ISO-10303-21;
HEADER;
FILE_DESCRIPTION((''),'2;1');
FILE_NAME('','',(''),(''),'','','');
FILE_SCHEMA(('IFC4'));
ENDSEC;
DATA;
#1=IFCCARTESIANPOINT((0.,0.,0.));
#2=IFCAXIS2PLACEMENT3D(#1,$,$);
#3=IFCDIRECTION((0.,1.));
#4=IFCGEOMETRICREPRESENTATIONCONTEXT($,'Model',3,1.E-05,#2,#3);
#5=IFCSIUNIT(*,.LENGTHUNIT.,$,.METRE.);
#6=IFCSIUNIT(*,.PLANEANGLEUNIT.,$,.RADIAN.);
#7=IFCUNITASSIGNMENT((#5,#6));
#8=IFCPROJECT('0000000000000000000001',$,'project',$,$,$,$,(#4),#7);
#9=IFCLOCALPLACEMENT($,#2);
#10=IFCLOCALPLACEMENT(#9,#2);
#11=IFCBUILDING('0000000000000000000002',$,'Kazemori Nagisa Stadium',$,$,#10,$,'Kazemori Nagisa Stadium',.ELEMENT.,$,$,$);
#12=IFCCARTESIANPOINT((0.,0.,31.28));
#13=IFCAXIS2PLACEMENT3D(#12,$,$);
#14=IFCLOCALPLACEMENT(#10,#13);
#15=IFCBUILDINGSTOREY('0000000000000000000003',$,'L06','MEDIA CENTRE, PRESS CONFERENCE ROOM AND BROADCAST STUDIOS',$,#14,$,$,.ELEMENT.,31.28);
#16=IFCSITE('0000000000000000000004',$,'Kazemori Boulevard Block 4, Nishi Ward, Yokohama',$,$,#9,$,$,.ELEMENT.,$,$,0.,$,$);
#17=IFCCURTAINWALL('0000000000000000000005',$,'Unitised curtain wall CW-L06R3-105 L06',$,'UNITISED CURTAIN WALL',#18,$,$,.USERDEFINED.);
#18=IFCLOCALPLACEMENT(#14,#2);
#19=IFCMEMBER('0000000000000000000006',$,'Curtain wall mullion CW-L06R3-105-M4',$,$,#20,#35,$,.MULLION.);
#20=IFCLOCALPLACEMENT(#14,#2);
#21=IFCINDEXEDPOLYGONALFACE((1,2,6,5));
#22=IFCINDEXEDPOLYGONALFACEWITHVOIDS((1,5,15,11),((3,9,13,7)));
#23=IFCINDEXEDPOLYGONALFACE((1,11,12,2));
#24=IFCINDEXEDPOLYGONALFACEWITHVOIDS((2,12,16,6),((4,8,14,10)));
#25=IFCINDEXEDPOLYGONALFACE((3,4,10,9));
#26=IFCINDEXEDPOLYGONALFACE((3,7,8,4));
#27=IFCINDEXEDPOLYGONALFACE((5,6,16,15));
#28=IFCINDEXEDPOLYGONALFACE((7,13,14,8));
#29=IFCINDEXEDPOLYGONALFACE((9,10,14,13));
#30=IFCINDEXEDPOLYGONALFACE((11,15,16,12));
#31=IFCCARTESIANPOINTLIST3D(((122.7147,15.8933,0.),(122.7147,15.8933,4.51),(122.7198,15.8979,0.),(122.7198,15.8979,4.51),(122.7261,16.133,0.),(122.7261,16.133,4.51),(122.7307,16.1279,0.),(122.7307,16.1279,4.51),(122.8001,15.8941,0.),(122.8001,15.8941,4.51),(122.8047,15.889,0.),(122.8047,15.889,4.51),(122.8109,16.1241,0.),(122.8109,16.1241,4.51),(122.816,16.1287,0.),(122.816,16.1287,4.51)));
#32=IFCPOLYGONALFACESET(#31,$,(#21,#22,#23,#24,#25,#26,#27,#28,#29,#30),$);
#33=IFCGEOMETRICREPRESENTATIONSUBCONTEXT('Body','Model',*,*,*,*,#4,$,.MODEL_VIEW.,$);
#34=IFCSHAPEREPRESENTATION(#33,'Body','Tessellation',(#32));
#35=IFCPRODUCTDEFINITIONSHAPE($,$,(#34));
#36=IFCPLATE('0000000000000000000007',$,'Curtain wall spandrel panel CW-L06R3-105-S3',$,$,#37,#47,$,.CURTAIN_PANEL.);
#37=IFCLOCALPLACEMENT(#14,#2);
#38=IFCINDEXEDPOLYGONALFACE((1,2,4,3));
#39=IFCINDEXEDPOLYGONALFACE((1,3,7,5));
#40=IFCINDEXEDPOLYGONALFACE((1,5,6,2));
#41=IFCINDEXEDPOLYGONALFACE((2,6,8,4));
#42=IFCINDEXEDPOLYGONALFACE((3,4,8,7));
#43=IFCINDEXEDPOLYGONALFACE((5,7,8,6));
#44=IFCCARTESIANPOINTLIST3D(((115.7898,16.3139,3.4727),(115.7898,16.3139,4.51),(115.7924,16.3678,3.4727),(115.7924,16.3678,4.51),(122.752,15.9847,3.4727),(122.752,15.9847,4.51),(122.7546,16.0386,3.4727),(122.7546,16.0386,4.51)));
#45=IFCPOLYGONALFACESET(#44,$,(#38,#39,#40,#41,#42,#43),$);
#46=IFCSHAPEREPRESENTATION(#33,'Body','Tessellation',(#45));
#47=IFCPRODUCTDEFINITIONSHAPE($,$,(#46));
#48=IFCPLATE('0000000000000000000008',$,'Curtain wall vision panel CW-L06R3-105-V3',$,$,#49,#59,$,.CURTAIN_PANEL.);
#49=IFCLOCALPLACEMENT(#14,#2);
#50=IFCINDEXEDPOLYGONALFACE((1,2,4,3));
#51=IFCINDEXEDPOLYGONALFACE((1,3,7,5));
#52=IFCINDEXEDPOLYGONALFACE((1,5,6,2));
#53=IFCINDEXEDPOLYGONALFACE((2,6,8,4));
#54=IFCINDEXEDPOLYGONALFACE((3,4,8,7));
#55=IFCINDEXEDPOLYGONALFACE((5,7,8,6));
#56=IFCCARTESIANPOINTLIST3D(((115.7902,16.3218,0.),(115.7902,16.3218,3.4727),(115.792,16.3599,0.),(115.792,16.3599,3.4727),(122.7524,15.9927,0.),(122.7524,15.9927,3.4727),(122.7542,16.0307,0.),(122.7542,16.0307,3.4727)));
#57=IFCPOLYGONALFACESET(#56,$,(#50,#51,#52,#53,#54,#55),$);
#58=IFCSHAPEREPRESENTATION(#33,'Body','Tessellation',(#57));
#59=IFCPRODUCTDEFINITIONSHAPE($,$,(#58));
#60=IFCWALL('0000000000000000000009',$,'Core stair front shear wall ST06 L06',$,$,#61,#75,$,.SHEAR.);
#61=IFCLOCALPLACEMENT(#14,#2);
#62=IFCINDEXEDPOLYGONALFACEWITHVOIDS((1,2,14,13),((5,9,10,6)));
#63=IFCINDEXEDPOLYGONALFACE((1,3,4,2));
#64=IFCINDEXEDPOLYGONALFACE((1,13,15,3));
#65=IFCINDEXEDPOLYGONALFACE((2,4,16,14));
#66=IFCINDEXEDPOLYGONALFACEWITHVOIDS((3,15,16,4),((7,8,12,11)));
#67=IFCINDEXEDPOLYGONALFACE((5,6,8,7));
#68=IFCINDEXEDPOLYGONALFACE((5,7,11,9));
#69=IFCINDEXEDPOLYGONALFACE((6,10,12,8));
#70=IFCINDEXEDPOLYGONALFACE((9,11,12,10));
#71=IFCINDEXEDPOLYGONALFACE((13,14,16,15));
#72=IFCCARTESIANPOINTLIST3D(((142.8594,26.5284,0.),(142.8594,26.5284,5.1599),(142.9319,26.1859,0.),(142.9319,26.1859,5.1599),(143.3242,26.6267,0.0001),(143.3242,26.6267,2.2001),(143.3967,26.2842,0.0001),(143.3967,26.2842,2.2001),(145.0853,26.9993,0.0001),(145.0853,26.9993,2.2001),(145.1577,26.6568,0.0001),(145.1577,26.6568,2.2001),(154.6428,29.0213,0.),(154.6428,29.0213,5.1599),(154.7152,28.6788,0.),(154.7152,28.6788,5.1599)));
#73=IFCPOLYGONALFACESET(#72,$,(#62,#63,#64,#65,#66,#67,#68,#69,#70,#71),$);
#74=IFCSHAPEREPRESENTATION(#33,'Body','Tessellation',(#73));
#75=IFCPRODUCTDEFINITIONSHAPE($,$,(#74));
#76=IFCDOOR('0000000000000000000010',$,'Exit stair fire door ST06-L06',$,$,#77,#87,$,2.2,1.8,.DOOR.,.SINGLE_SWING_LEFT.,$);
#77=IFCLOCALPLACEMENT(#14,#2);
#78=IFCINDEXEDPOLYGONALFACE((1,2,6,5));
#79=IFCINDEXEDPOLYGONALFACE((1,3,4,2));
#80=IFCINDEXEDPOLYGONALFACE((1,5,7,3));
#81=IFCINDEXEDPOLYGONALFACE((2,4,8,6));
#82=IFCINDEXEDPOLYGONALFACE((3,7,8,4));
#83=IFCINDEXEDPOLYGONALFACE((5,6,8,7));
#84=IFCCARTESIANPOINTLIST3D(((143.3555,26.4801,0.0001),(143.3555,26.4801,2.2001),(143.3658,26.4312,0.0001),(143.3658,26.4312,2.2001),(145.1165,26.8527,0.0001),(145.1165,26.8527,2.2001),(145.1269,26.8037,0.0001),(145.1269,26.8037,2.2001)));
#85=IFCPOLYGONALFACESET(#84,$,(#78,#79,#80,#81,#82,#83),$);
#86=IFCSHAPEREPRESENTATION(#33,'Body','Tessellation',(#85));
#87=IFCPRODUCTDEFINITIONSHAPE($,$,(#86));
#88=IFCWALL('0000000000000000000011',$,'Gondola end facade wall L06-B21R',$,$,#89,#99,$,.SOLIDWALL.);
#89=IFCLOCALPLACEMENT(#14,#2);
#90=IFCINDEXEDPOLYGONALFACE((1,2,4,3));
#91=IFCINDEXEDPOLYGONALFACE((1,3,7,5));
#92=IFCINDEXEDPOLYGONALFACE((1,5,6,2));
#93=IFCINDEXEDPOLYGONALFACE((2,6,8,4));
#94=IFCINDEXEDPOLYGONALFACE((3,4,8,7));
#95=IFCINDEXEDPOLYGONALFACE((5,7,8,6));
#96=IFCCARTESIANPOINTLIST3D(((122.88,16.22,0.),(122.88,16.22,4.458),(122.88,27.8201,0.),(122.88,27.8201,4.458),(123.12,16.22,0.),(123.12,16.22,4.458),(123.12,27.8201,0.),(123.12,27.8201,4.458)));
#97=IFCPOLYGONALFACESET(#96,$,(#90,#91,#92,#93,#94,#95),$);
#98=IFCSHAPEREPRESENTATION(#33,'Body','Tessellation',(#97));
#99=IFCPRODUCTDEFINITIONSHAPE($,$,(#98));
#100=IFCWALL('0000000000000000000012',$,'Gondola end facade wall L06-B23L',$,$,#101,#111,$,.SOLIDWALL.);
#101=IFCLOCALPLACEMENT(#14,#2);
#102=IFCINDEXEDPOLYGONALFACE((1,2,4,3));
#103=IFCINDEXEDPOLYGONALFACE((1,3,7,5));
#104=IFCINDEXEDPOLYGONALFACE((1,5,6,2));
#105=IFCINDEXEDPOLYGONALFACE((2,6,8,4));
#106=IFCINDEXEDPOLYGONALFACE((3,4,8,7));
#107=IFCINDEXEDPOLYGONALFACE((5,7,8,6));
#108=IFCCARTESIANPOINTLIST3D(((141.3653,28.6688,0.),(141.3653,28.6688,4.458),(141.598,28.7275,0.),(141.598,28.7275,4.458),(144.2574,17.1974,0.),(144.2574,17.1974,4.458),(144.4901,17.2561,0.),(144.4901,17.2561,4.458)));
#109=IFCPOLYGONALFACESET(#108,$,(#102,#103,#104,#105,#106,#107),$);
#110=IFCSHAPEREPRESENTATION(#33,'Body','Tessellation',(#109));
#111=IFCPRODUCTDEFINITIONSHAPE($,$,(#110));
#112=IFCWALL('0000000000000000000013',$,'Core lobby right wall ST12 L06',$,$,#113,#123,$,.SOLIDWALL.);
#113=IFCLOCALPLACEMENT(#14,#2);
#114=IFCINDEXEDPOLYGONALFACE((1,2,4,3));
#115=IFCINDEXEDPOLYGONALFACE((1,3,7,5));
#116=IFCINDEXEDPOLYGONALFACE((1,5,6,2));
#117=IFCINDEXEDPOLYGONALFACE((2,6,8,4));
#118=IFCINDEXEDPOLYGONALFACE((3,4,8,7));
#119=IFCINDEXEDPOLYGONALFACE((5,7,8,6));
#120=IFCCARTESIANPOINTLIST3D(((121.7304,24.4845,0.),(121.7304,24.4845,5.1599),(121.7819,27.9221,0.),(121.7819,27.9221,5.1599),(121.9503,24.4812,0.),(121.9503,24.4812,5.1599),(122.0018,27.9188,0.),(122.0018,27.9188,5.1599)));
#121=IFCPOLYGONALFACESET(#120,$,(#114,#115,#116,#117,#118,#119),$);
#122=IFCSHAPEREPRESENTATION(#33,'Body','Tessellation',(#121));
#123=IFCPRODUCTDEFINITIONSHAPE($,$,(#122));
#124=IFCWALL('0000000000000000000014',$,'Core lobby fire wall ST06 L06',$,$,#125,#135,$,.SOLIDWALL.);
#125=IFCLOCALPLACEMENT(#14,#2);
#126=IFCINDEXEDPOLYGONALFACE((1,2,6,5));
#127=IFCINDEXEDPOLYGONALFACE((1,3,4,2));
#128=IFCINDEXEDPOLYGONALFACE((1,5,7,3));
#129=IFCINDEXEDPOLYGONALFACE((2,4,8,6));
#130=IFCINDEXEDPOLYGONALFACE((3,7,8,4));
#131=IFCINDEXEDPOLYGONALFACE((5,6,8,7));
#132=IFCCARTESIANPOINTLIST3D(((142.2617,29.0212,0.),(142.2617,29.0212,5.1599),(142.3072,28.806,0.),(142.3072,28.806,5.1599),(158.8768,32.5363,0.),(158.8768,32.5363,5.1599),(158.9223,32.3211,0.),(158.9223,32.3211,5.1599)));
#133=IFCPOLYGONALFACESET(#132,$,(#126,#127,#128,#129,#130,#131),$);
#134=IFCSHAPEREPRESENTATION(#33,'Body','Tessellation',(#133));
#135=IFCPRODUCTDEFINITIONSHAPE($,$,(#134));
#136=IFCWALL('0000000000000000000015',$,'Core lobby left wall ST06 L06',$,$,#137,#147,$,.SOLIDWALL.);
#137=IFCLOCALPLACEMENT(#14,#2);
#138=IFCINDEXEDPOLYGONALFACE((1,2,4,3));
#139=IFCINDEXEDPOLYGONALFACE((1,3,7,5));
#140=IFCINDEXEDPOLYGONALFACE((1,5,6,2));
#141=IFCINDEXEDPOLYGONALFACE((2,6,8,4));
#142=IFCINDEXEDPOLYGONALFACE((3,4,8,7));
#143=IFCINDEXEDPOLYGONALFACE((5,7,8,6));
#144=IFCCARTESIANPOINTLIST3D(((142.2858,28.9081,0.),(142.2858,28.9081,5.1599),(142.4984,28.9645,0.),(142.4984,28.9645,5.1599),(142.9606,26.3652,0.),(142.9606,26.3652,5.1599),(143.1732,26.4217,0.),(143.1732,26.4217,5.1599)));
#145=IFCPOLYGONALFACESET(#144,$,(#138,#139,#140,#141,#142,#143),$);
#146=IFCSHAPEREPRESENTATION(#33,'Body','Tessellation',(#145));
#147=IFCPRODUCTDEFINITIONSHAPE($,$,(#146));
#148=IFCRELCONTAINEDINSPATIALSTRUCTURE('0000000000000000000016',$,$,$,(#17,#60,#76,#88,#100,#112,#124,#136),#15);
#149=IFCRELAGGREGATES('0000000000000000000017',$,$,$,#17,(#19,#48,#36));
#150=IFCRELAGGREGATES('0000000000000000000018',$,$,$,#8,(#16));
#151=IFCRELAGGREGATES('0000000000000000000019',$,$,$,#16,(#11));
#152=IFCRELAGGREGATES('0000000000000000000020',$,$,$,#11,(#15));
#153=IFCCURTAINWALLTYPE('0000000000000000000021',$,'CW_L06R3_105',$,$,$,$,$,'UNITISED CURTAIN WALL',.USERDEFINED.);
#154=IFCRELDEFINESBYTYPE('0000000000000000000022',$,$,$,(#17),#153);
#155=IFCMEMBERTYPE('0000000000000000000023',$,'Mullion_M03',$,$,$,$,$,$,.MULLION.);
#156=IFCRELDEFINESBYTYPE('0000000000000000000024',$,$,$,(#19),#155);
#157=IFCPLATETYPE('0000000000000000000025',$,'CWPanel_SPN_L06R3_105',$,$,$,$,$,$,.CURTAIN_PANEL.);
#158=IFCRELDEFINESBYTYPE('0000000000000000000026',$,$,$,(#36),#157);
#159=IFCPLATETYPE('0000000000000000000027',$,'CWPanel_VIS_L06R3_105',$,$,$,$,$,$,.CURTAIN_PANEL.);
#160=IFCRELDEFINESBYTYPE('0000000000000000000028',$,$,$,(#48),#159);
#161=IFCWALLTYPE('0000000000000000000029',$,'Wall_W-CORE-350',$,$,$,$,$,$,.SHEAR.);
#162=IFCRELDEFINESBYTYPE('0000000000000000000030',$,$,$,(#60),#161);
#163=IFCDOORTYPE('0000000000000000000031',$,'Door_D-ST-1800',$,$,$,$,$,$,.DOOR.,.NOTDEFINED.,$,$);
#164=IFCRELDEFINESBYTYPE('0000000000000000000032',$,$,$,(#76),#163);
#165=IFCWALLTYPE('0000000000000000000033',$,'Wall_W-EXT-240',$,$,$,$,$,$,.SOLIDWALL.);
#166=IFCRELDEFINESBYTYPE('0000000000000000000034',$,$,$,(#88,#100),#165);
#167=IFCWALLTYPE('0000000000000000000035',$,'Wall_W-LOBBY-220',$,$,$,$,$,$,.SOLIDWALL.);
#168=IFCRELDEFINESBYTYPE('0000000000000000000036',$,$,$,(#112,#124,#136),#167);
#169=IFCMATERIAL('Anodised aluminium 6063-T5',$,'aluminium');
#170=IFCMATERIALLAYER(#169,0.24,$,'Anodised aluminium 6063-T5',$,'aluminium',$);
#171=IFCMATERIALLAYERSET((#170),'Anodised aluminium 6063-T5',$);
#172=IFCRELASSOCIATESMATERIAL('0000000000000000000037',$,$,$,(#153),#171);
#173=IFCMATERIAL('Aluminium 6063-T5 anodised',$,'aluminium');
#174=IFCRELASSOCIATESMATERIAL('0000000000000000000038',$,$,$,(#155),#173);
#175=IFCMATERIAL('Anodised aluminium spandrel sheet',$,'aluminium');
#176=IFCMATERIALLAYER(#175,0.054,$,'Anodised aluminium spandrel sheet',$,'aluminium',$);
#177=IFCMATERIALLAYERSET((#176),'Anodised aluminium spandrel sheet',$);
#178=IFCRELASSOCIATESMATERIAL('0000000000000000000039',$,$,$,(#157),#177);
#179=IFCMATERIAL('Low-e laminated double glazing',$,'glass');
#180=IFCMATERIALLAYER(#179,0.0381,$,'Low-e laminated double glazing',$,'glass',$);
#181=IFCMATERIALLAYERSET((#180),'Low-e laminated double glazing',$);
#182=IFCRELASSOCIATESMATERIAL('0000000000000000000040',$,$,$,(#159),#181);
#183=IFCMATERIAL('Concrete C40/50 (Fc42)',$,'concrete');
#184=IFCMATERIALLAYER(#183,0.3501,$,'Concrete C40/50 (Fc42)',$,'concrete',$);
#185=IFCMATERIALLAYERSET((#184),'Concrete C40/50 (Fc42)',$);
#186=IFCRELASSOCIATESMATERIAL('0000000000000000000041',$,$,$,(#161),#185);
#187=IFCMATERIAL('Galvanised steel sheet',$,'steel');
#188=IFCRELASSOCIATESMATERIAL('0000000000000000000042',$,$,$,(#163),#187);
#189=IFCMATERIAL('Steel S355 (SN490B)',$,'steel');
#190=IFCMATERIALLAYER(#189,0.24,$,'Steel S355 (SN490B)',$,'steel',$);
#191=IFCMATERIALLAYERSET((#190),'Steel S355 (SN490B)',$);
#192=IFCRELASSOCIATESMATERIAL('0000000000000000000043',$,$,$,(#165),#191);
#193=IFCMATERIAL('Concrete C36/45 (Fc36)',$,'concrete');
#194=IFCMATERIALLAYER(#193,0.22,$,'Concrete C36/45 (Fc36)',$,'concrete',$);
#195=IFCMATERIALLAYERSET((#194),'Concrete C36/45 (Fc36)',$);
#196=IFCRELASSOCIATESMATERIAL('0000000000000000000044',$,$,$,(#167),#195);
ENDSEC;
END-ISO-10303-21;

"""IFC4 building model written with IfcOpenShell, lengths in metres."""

from ifc_helpers import new_model, si_unit, direction, frame, frame_2d, origin, origin_2d, place, context, subcontext, project, spatial, rectangle, hollow_rectangle, extrude, material, layer, layer_set, material_profile, profile_set, type_object, element, fill, aggregate, save


model = new_model("IFC4")

# Units and contexts
model_context = context("Model", 3, precision=1e-05, world=origin(), true_north=direction((0.0, 1.0)))
body_context = subcontext(model_context, "Body", "Model", "MODEL_VIEW")
ifc_project = project(units=[si_unit("LENGTHUNIT", "METRE"), si_unit("PLANEANGLEUNIT", "RADIAN")], contexts=[model_context])

# Site, building, storey
site_placement = place(None, origin())
site = spatial("IfcSite", under=ifc_project, at=site_placement, Name="Kazemori Boulevard Block 4, Nishi Ward, Yokohama", CompositionType="ELEMENT", RefElevation=0.0)
building_placement = place(site_placement, origin())
building = spatial("IfcBuilding", under=site, at=building_placement, Name="Kazemori Nagisa Stadium", LongName="Kazemori Nagisa Stadium", CompositionType="ELEMENT")
storey_placement = place(building_placement, frame((0.0, 0.0, 31.28)))
storey = spatial("IfcBuildingStorey", under=building, at=storey_placement, Name="L06", Description="MEDIA CENTRE, PRESS CONFERENCE ROOM AND BROADCAST STUDIOS", CompositionType="ELEMENT", Elevation=31.28)

# Curtain wall, member, plates
ifc_material_1 = material(Name="Anodised aluminium 6063-T5", Category="aluminium")
ifc_layer_1 = layer(ifc_material_1, 0.24, Name="Anodised aluminium 6063-T5", Category="aluminium")
ifc_layer_set_1 = layer_set([ifc_layer_1], Name="Anodised aluminium 6063-T5")
curtain_wall_type = type_object("IfcCurtainWallType", Name="CW_L06R3_105", ElementType="UNITISED CURTAIN WALL", PredefinedType="USERDEFINED", material=ifc_layer_set_1)
curtain_wall_placement = place(storey_placement, origin())
curtain_wall = element("IfcCurtainWall", 1, at=curtain_wall_placement, inside=storey, type_object=curtain_wall_type, Name="Unitised curtain wall CW-L06R3-105 L06", ObjectType="UNITISED CURTAIN WALL", PredefinedType="USERDEFINED")
ifc_material_2 = material(Name="Aluminium 6063-T5 anodised", Category="aluminium")
ifc_material_profile_1 = material_profile(ifc_material_2, hollow_rectangle(XDim=0.0901, YDim=0.24, WallThickness=0.0049, at=origin_2d()), Name="ALU-MULL-90x240x5")
ifc_profile_set_1 = profile_set([ifc_material_profile_1], Name="Aluminium 6063-T5 anodised")
member_type = type_object("IfcMemberType", Name="Mullion_M03", PredefinedType="MULLION", material=ifc_profile_set_1)
member_placement = place(storey_placement, frame((122.7654, 16.011, 0.0), z_axis=(0.0, 0.0, 1.0), x_axis=(0.998884, -0.04723, 0.0)))
member = element("IfcMember", 2, at=member_placement, type_object=member_type, Name="Curtain wall mullion CW-L06R3-105-M4", PredefinedType="MULLION", context=body_context, shape_type="SweptSolid", body=[
    extrude(hollow_rectangle(XDim=0.0901, YDim=0.24, WallThickness=0.0049, at=origin_2d()), origin(), (0.0, 0.0, 1.0), 4.51),
])
ifc_material_3 = material(Name="Anodised aluminium spandrel sheet", Category="aluminium")
ifc_layer_2 = layer(ifc_material_3, 0.054, Name="Anodised aluminium spandrel sheet", Category="aluminium")
ifc_layer_set_2 = layer_set([ifc_layer_2], Name="Anodised aluminium spandrel sheet")
plate_type_1 = type_object("IfcPlateType", Name="CWPanel_SPN_L06R3_105", PredefinedType="CURTAIN_PANEL", material=ifc_layer_set_2)
plate_1_placement = place(storey_placement, frame((119.2722, 16.1763, 3.4727), z_axis=(0.0, 0.0, 1.0), x_axis=(0.998884, -0.04723, 0.0)))
plate_1 = element("IfcPlate", 3, at=plate_1_placement, type_object=plate_type_1, Name="Curtain wall spandrel panel CW-L06R3-105-S3", PredefinedType="CURTAIN_PANEL", context=body_context, shape_type="SweptSolid", body=[
    extrude(rectangle(XDim=6.97, YDim=0.054, at=origin_2d()), origin(), (0.0, 0.0, 1.0), 1.0374),
])
ifc_material_4 = material(Name="Low-e laminated double glazing", Category="glass")
ifc_layer_3 = layer(ifc_material_4, 0.0381, Name="Low-e laminated double glazing", Category="glass")
ifc_layer_set_3 = layer_set([ifc_layer_3], Name="Low-e laminated double glazing")
plate_type_2 = type_object("IfcPlateType", Name="CWPanel_VIS_L06R3_105", PredefinedType="CURTAIN_PANEL", material=ifc_layer_set_3)
plate_2_placement = place(storey_placement, frame((119.2722, 16.1763, 0.0), z_axis=(0.0, 0.0, 1.0), x_axis=(0.998884, -0.04723, 0.0)))
plate_2 = element("IfcPlate", 4, at=plate_2_placement, type_object=plate_type_2, Name="Curtain wall vision panel CW-L06R3-105-V3", PredefinedType="CURTAIN_PANEL", context=body_context, shape_type="SweptSolid", body=[
    extrude(rectangle(XDim=6.97, YDim=0.0381, at=origin_2d()), origin(), (0.0, 0.0, 1.0), 3.4727),
])
aggregate(curtain_wall, [member, plate_2, plate_1])

# Wall, opening, door
ifc_material_5 = material(Name="Concrete C40/50 (Fc42)", Category="concrete")
ifc_layer_4 = layer(ifc_material_5, 0.3501, Name="Concrete C40/50 (Fc42)", Category="concrete")
ifc_layer_set_4 = layer_set([ifc_layer_4], Name="Concrete C40/50 (Fc42)")
wall_type_1 = type_object("IfcWallType", Name="Wall_W-CORE-350", PredefinedType="SHEAR", material=ifc_layer_set_4)
wall_1_placement = place(storey_placement, frame((142.8958, 26.3572, 0.0), z_axis=(0.0, 0.0, 1.0), x_axis=(0.978345, 0.20698, 0.0)))
wall_1 = element("IfcWall", 5, at=wall_1_placement, inside=storey, type_object=wall_type_1, Name="Core stair front shear wall ST06 L06", PredefinedType="SHEAR", context=body_context, shape_type="SweptSolid", body=[
    extrude(rectangle(XDim=12.0442, YDim=0.3501, at=frame_2d((6.022, 0.0))), origin(), (0.0, 0.0, 1.0), 5.1599),
])
opening_1_placement = place(wall_1_placement, frame((0.4751, 0.0, 0.0)))
opening_1 = element("IfcOpeningElement", 6, at=opening_1_placement, cuts=wall_1, PredefinedType="OPENING", context=body_context, shape_type="SweptSolid", body=[
    extrude(rectangle(XDim=1.8, YDim=2.2, at=frame_2d((0.8999, 1.1001))), frame((0.0, 0.1851, 0.0), z_axis=(0.0, -1.0, 0.0), x_axis=(1.0, 0.0, 0.0)), (0.0, 0.0, 1.0), 0.3701),
])
ifc_material_6 = material(Name="Galvanised steel sheet", Category="steel")
door_type_1 = type_object("IfcDoorType", Name="Door_D-ST-1800", OperationType="NOTDEFINED", PredefinedType="DOOR", material=ifc_material_6)
door_1_placement = place(opening_1_placement, frame((1.8, 0.0, 0.0), z_axis=(0.0, 0.0, 1.0), x_axis=(-1.0, 0.0, 0.0)))
door_1 = element("IfcDoor", 7, at=door_1_placement, inside=storey, type_object=door_type_1, Name="Exit stair fire door ST06-L06", OperationType="SINGLE_SWING_LEFT", OverallHeight=2.2, OverallWidth=1.8, PredefinedType="DOOR", context=body_context, shape_type="SweptSolid", body=[
    extrude(rectangle(XDim=1.8, YDim=2.2, at=frame_2d((0.8999, 1.1001))), frame((0.0, 0.0249, 0.0), z_axis=(0.0, -1.0, 0.0), x_axis=(1.0, 0.0, 0.0)), (0.0, 0.0, 1.0), 0.05),
])
fill(opening_1, door_1)

# Walls
ifc_material_7 = material(Name="Steel S355 (SN490B)", Category="steel")
ifc_layer_5 = layer(ifc_material_7, 0.24, Name="Steel S355 (SN490B)", Category="steel")
ifc_layer_set_5 = layer_set([ifc_layer_5], Name="Steel S355 (SN490B)")
wall_type_2 = type_object("IfcWallType", Name="Wall_W-EXT-240", PredefinedType="SOLIDWALL", material=ifc_layer_set_5)
wall_2_placement = place(storey_placement, frame((123.0, 27.8201, 0.0), z_axis=(0.0, 0.0, 1.0), x_axis=(0.0, -1.0, 0.0)))
element("IfcWall", 8, at=wall_2_placement, inside=storey, type_object=wall_type_2, Name="Gondola end facade wall L06-B21R", PredefinedType="SOLIDWALL", context=body_context, shape_type="SweptSolid", body=[
    extrude(rectangle(XDim=11.6001, YDim=0.24, at=frame_2d((5.8, 0.0))), origin(), (0.0, 0.0, 1.0), 4.458),
])
wall_3_placement = place(storey_placement, frame((141.4817, 28.698, 0.0), z_axis=(0.0, 0.0, 1.0), x_axis=(0.244463, -0.969659, 0.0)))
element("IfcWall", 9, at=wall_3_placement, inside=storey, type_object=wall_type_2, Name="Gondola end facade wall L06-B23L", PredefinedType="SOLIDWALL", context=body_context, shape_type="SweptSolid", body=[
    extrude(rectangle(XDim=11.8303, YDim=0.24, at=frame_2d((5.915, 0.0))), origin(), (0.0, 0.0, 1.0), 4.458),
])
ifc_material_8 = material(Name="Concrete C36/45 (Fc36)", Category="concrete")
ifc_layer_6 = layer(ifc_material_8, 0.22, Name="Concrete C36/45 (Fc36)", Category="concrete")
ifc_layer_set_6 = layer_set([ifc_layer_6], Name="Concrete C36/45 (Fc36)")
wall_type_3 = type_object("IfcWallType", Name="Wall_W-LOBBY-220", PredefinedType="SOLIDWALL", material=ifc_layer_set_6)
wall_4_placement = place(storey_placement, frame((121.8918, 27.9204, 0.0), z_axis=(0.0, 0.0, 1.0), x_axis=(-0.014984, -0.999888, 0.0)))
element("IfcWall", 10, at=wall_4_placement, inside=storey, type_object=wall_type_3, Name="Core lobby right wall ST12 L06", PredefinedType="SOLIDWALL", context=body_context, shape_type="SweptSolid", body=[
    extrude(rectangle(XDim=3.438, YDim=0.22, at=frame_2d((1.719, 0.0))), origin(), (0.0, 0.0, 1.0), 5.1599),
])
wall_5_placement = place(storey_placement, frame((142.2844, 28.9136, 0.0), z_axis=(0.0, 0.0, 1.0), x_axis=(0.978345, 0.20698, 0.0)))
element("IfcWall", 11, at=wall_5_placement, inside=storey, type_object=wall_type_3, Name="Core lobby fire wall ST06 L06", PredefinedType="SOLIDWALL", context=body_context, shape_type="SweptSolid", body=[
    extrude(rectangle(XDim=16.9829, YDim=0.22, at=frame_2d((8.4915, 0.0))), origin(), (0.0, 0.0, 1.0), 5.1599),
])
wall_6_placement = place(storey_placement, frame((142.3921, 28.9363, 0.0), z_axis=(0.0, 0.0, 1.0), x_axis=(0.256507, -0.966542, 0.0)))
element("IfcWall", 12, at=wall_6_placement, inside=storey, type_object=wall_type_3, Name="Core lobby left wall ST06 L06", PredefinedType="SOLIDWALL", context=body_context, shape_type="SweptSolid", body=[
    extrude(rectangle(XDim=2.6309, YDim=0.22, at=frame_2d((1.3154, 0.0))), origin(), (0.0, 0.0, 1.0), 5.1599),
])

save(model, "model.ifc")
